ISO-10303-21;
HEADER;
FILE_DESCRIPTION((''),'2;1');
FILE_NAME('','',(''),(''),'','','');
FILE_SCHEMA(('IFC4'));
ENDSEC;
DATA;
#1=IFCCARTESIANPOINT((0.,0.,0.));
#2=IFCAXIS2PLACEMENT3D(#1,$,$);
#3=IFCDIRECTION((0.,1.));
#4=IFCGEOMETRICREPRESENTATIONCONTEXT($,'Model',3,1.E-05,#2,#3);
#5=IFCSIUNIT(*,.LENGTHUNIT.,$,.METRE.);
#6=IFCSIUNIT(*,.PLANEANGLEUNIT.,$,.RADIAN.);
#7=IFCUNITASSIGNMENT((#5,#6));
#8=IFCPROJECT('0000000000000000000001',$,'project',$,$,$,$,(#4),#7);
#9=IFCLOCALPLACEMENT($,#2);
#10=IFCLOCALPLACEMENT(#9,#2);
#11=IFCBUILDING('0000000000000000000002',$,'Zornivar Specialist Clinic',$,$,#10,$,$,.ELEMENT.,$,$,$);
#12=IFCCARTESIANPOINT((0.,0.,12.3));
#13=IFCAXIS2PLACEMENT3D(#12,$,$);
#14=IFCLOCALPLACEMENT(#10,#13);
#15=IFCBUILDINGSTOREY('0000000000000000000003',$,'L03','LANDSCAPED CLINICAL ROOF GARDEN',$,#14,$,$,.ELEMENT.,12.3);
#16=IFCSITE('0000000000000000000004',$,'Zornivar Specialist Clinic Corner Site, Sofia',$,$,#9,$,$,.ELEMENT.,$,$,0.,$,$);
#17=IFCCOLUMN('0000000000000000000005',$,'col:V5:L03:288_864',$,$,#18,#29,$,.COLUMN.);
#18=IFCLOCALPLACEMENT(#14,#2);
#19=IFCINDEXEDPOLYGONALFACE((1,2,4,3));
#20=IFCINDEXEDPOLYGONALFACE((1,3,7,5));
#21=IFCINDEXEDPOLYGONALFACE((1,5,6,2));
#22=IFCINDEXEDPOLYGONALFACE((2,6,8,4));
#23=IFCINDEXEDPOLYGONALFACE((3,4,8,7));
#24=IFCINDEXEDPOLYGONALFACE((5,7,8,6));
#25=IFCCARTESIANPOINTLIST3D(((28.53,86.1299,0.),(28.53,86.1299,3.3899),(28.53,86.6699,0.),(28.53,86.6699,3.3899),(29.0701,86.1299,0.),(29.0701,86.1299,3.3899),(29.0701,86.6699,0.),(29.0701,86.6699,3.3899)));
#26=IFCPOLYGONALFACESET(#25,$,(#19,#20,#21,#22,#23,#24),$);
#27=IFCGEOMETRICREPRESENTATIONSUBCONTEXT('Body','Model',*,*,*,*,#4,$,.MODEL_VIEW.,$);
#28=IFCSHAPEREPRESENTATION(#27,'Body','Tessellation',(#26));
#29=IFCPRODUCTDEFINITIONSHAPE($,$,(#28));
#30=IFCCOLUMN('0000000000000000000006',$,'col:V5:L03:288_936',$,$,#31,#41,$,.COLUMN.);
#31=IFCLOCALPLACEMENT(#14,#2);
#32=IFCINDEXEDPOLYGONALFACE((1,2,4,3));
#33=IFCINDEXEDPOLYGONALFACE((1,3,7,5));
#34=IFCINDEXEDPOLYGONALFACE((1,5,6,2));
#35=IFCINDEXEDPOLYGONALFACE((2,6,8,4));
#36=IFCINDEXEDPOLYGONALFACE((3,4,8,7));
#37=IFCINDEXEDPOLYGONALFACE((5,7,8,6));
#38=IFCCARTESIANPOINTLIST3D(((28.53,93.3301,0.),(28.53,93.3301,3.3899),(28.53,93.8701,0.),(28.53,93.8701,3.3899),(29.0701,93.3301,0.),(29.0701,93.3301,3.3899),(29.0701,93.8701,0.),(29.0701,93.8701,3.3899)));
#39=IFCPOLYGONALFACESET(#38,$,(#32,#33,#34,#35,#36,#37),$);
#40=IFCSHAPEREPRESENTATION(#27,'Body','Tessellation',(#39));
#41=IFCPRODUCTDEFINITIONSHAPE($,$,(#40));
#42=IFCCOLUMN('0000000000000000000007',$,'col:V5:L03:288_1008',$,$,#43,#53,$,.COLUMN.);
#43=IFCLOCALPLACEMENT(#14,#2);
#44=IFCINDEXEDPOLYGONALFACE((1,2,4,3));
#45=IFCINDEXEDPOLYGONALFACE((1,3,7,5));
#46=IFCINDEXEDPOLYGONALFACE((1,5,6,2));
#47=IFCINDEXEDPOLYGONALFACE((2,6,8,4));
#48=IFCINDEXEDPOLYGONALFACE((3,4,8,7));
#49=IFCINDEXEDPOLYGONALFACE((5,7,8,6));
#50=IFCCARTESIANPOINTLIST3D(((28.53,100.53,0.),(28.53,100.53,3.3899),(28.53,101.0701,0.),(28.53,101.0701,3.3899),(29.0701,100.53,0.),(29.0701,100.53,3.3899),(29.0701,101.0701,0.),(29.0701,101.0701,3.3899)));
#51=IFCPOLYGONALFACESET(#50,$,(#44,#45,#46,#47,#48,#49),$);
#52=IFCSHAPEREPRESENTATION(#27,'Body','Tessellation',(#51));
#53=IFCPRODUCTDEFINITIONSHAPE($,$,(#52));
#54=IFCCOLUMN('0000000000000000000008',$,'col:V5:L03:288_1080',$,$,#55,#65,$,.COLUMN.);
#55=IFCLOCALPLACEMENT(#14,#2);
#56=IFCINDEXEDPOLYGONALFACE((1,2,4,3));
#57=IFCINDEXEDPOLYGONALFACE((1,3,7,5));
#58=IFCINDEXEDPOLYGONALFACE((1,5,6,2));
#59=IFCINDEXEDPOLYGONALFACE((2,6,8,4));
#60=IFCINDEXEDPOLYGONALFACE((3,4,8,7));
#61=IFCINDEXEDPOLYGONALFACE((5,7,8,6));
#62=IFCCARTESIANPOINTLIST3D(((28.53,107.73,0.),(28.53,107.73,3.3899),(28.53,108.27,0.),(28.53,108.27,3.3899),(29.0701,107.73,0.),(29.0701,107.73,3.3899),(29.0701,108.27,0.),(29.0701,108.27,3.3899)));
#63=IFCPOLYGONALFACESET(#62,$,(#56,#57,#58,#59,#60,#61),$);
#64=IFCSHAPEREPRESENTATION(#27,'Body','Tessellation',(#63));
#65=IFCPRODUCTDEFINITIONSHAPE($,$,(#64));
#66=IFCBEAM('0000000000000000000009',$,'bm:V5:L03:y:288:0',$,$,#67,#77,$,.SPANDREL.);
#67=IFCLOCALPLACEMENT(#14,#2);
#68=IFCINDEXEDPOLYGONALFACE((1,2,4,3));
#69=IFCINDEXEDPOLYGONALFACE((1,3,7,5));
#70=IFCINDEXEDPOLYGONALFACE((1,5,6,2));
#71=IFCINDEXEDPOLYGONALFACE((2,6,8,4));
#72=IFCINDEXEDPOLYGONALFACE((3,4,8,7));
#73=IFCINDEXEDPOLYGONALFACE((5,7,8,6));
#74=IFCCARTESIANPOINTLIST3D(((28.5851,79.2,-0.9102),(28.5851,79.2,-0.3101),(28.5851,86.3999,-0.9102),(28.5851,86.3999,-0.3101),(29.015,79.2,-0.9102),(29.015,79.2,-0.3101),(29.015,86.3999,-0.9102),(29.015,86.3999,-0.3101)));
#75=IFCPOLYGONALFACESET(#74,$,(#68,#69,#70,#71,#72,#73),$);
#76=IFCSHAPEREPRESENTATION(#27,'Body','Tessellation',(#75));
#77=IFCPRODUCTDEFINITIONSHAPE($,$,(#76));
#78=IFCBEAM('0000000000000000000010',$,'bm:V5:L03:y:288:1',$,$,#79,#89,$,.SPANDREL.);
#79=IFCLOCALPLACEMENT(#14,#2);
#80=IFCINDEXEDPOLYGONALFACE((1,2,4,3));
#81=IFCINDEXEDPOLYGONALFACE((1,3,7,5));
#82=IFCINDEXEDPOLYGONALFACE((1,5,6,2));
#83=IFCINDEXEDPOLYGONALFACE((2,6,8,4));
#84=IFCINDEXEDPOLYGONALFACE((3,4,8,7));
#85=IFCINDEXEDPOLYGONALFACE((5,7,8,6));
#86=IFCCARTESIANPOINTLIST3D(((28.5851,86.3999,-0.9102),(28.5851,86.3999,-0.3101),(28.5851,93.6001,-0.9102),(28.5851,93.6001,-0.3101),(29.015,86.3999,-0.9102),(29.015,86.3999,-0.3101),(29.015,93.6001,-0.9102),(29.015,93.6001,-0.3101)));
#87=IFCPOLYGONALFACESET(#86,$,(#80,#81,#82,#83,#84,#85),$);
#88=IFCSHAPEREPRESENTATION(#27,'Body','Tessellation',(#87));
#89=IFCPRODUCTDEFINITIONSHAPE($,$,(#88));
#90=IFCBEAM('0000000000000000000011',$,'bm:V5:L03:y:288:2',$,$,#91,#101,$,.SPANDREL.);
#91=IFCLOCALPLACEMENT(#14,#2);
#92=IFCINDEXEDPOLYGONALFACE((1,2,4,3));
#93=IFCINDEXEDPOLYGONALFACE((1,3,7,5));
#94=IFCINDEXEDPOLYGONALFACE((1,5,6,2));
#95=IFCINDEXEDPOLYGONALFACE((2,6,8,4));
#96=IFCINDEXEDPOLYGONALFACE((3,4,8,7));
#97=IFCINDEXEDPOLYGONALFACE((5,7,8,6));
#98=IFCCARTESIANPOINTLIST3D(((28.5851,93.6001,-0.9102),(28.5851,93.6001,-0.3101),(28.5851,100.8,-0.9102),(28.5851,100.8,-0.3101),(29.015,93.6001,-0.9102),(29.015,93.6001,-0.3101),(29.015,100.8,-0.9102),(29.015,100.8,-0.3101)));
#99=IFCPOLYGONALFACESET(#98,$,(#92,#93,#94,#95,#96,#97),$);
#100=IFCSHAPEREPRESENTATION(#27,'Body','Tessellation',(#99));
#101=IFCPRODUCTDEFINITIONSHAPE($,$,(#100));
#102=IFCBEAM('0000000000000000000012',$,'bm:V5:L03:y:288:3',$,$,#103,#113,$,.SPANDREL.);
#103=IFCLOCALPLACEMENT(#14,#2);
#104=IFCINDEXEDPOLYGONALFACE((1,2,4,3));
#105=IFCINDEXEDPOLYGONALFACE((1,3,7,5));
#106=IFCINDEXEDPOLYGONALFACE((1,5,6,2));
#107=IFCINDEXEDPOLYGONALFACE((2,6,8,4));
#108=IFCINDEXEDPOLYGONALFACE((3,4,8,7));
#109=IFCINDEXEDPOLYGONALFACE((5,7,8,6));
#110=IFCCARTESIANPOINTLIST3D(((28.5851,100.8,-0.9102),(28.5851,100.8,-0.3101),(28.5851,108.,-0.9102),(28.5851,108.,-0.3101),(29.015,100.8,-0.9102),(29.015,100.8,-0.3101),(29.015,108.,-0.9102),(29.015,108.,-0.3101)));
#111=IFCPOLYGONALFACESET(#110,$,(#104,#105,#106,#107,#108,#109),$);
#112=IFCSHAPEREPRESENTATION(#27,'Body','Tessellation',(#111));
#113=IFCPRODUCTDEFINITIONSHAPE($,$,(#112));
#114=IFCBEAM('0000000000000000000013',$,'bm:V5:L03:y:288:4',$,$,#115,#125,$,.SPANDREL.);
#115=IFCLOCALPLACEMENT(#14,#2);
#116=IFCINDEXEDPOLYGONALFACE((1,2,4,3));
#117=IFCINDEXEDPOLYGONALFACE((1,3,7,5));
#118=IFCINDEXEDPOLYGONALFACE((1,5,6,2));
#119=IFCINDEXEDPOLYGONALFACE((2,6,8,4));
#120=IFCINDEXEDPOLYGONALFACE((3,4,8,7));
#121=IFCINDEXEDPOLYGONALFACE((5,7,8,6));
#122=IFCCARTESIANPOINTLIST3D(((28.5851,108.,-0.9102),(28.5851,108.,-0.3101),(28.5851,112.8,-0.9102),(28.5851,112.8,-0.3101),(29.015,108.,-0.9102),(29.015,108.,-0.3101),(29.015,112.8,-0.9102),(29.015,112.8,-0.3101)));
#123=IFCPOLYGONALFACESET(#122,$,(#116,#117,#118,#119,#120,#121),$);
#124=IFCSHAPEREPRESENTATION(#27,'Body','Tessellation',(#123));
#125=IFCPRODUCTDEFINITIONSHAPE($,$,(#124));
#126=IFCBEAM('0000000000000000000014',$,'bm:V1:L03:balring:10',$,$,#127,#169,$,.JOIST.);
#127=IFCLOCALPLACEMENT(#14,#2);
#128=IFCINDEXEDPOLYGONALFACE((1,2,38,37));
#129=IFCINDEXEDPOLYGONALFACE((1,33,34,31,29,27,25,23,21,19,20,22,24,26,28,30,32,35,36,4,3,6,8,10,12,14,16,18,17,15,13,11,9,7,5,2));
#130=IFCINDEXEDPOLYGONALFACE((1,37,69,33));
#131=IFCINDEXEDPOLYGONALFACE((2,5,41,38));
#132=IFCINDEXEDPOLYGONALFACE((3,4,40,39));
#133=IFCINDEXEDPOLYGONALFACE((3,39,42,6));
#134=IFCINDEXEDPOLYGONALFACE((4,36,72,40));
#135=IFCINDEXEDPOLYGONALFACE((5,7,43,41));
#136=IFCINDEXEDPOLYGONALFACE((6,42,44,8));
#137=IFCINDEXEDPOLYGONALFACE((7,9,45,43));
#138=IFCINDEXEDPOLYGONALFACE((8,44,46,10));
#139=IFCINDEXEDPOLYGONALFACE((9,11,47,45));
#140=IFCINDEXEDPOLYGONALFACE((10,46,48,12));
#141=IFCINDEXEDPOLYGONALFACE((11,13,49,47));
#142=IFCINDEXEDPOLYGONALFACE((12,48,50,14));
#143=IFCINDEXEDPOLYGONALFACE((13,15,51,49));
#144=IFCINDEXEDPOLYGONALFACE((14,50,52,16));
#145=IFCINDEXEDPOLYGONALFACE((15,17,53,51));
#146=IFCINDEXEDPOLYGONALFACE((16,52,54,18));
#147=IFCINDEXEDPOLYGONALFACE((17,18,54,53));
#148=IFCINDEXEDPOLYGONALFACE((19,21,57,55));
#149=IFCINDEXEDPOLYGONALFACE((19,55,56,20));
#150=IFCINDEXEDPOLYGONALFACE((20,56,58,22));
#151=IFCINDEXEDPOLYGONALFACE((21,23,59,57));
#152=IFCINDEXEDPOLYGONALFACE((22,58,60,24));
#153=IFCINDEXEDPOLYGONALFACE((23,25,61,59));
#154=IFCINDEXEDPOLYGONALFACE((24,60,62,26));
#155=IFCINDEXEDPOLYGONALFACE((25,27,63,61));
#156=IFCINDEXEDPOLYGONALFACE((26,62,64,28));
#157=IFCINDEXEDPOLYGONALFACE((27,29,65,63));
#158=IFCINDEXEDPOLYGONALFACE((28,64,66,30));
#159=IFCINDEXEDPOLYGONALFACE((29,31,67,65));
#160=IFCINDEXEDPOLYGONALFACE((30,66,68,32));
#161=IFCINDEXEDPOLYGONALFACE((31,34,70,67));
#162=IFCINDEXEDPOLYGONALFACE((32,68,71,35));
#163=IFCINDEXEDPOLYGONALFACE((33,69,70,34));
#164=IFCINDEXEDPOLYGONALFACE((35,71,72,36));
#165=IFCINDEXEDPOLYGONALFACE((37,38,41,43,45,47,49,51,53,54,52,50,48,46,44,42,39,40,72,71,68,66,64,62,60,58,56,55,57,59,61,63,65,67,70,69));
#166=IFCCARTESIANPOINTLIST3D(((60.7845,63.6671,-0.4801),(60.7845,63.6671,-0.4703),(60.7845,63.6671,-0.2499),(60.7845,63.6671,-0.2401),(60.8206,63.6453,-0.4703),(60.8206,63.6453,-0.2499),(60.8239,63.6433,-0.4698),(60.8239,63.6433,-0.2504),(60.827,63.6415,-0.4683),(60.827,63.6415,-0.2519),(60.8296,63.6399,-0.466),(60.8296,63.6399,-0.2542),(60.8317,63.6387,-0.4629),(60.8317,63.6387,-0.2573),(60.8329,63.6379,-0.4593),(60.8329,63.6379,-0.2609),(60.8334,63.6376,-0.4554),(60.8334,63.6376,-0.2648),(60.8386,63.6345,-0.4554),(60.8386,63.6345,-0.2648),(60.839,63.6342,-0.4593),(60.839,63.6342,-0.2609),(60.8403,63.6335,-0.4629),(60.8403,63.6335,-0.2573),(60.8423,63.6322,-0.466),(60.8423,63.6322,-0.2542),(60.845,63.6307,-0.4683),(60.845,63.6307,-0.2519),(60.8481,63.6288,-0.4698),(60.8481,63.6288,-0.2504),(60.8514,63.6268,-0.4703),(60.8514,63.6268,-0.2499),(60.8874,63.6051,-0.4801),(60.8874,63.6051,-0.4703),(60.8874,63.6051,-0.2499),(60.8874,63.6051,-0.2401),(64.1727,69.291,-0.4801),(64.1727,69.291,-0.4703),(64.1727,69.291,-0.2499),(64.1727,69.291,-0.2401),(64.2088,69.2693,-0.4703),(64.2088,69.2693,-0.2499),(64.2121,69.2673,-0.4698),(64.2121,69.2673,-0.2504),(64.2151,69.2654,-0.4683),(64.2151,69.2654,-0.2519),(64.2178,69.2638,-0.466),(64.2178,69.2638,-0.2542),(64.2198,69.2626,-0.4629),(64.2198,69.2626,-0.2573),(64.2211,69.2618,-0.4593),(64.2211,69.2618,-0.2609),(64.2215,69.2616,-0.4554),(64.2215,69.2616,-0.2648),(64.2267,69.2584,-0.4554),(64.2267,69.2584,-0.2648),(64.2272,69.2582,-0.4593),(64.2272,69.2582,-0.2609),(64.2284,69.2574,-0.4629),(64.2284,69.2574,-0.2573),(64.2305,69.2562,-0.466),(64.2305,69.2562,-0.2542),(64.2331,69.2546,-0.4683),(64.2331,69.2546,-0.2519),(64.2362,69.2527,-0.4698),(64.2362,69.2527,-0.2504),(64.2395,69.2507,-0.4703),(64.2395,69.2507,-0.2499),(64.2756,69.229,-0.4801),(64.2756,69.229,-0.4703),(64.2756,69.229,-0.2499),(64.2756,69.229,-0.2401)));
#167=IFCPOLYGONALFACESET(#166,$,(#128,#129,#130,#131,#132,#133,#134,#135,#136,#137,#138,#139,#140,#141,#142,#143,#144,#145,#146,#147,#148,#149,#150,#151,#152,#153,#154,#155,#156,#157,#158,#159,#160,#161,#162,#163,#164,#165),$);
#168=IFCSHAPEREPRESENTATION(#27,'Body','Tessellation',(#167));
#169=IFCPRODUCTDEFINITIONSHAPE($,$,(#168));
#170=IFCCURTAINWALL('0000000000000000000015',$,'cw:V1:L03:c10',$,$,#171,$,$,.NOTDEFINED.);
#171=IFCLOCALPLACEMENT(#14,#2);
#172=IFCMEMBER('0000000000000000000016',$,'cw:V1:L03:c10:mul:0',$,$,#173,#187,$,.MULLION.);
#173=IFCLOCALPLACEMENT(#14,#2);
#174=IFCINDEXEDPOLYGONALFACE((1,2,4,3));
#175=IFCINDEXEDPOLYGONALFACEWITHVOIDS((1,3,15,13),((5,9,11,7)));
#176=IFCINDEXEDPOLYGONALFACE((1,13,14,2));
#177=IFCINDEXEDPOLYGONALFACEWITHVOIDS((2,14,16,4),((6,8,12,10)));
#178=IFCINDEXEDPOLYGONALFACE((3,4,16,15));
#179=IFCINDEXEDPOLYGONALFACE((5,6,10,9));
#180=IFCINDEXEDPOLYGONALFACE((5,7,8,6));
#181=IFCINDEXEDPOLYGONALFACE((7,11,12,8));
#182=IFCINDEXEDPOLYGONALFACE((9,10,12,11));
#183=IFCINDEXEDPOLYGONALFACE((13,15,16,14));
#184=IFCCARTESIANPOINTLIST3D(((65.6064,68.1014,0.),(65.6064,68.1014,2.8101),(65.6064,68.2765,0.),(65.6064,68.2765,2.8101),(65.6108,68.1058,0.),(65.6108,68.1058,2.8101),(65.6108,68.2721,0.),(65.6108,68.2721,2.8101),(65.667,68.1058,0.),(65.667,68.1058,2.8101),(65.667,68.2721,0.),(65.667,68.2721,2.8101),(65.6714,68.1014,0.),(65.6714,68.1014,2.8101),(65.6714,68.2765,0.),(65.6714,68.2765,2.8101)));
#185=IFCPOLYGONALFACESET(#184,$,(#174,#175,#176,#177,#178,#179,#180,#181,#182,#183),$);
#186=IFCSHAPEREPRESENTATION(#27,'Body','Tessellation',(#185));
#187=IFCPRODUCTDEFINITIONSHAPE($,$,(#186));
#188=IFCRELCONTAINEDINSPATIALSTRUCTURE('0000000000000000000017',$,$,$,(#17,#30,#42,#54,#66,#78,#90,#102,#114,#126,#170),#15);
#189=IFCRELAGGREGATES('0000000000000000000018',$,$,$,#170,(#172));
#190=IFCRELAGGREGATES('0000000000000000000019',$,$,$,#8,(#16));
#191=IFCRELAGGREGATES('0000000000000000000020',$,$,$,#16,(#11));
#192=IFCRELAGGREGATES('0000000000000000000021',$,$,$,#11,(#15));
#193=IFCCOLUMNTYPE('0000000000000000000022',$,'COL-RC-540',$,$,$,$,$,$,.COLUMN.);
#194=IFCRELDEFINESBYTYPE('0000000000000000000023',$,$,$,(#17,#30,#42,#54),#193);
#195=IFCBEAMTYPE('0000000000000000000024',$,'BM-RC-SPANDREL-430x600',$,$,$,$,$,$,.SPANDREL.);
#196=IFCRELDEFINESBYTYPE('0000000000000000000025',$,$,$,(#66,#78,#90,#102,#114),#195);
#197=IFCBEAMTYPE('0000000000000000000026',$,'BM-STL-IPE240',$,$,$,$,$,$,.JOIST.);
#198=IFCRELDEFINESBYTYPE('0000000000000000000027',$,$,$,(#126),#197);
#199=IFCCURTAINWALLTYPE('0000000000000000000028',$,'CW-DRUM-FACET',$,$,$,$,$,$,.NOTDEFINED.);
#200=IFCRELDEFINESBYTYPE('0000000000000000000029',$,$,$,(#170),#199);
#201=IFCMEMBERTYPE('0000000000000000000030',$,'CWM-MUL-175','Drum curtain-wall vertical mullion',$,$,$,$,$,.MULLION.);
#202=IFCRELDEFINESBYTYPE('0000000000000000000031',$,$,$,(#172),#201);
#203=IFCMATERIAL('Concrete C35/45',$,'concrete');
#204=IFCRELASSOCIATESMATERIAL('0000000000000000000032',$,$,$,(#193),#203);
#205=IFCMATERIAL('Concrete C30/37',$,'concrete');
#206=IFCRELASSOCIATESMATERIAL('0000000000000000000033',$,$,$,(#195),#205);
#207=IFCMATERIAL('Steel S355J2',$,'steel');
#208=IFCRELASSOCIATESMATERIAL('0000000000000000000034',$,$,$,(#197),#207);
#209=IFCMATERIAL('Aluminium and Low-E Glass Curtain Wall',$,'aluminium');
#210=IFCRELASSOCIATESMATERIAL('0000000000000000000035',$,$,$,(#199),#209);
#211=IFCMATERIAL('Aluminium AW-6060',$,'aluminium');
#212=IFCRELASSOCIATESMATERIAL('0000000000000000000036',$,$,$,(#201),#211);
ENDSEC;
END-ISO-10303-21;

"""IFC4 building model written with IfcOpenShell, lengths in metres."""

from ifc_helpers import new_model, si_unit, direction, frame, origin, origin_2d, place, context, subcontext, project, spatial, rectangle, hollow_rectangle, i_section, extrude, material, material_profile, profile_set, type_object, element, aggregate, save


model = new_model("IFC4")

# Units and contexts
model_context = context("Model", 3, precision=1e-05, world=origin(), true_north=direction((0.0, 1.0)))
body_context = subcontext(model_context, "Body", "Model", "MODEL_VIEW")
ifc_project = project(units=[si_unit("LENGTHUNIT", "METRE"), si_unit("PLANEANGLEUNIT", "RADIAN")], contexts=[model_context])

# Site, building, storey
site_placement = place(None, origin())
site = spatial("IfcSite", under=ifc_project, at=site_placement, Name="Zornivar Specialist Clinic Corner Site, Sofia", CompositionType="ELEMENT", RefElevation=0.0)
building_placement = place(site_placement, origin())
building = spatial("IfcBuilding", under=site, at=building_placement, Name="Zornivar Specialist Clinic", CompositionType="ELEMENT")
storey_placement = place(building_placement, frame((0.0, 0.0, 12.3)))
storey = spatial("IfcBuildingStorey", under=building, at=storey_placement, Name="L03", Description="LANDSCAPED CLINICAL ROOF GARDEN", CompositionType="ELEMENT", Elevation=12.3)

# Columns
ifc_material_1 = material(Name="Concrete C35/45", Category="concrete")
ifc_material_profile_1 = material_profile(ifc_material_1, rectangle(XDim=0.54, YDim=0.54, at=origin_2d()), Name="RC 540x540")
ifc_profile_set_1 = profile_set([ifc_material_profile_1], Name="Concrete C35/45")
column_type = type_object("IfcColumnType", Name="COL-RC-540", PredefinedType="COLUMN", material=ifc_profile_set_1)
for number, where, z_axis, x_axis, name in (
    (1, (28.8, 86.3999, 0.0), (0.0, 0.0, 1.0), (1.0, 0.0, 0.0), "col:V5:L03:288_864"),
    (2, (28.8, 93.6001, 0.0), (0.0, 0.0, 1.0), (1.0, 0.0, 0.0), "col:V5:L03:288_936"),
    (3, (28.8, 100.8, 0.0), (0.0, 0.0, 1.0), (1.0, 0.0, 0.0), "col:V5:L03:288_1008"),
    (4, (28.8, 108.0, 0.0), (0.0, 0.0, 1.0), (1.0, 0.0, 0.0), "col:V5:L03:288_1080"),
):
    element("IfcColumn", number, at=place(storey_placement, frame(where, z_axis=z_axis, x_axis=x_axis)), inside=storey, type_object=column_type, Name=name, PredefinedType="COLUMN", context=body_context, shape_type="SweptSolid", body=[
        extrude(rectangle(XDim=0.54, YDim=0.54, at=origin_2d()), origin(), (0.0, 0.0, 1.0), 3.3899),
    ])

# Beams
ifc_material_2 = material(Name="Concrete C30/37", Category="concrete")
ifc_material_profile_2 = material_profile(ifc_material_2, rectangle(XDim=0.4299, YDim=0.6001, at=origin_2d()), Name="RC 430x600")
ifc_profile_set_2 = profile_set([ifc_material_profile_2], Name="Concrete C30/37")
beam_type_1 = type_object("IfcBeamType", Name="BM-RC-SPANDREL-430x600", PredefinedType="SPANDREL", material=ifc_profile_set_2)
beam_1_placement = place(storey_placement, frame((28.8, 79.2, -0.6101), z_axis=(0.0, 1.0, 0.0), x_axis=(-1.0, 0.0, 0.0)))
element("IfcBeam", 5, at=beam_1_placement, inside=storey, type_object=beam_type_1, Name="bm:V5:L03:y:288:0", PredefinedType="SPANDREL", context=body_context, shape_type="SweptSolid", body=[
    extrude(rectangle(XDim=0.4299, YDim=0.6001, at=origin_2d()), origin(), (0.0, 0.0, 1.0), 7.2),
])
beam_2_placement = place(storey_placement, frame((28.8, 86.3999, -0.6101), z_axis=(0.0, 1.0, 0.0), x_axis=(-1.0, 0.0, 0.0)))
element("IfcBeam", 6, at=beam_2_placement, inside=storey, type_object=beam_type_1, Name="bm:V5:L03:y:288:1", PredefinedType="SPANDREL", context=body_context, shape_type="SweptSolid", body=[
    extrude(rectangle(XDim=0.4299, YDim=0.6001, at=origin_2d()), origin(), (0.0, 0.0, 1.0), 7.2002),
])
for number, where, z_axis, x_axis, name in (
    (7, (28.8, 93.6001, -0.6101), (0.0, 1.0, 0.0), (-1.0, 0.0, 0.0), "bm:V5:L03:y:288:2"),
    (8, (28.8, 100.8, -0.6101), (0.0, 1.0, 0.0), (-1.0, 0.0, 0.0), "bm:V5:L03:y:288:3"),
):
    element("IfcBeam", number, at=place(storey_placement, frame(where, z_axis=z_axis, x_axis=x_axis)), inside=storey, type_object=beam_type_1, Name=name, PredefinedType="SPANDREL", context=body_context, shape_type="SweptSolid", body=[
        extrude(rectangle(XDim=0.4299, YDim=0.6001, at=origin_2d()), origin(), (0.0, 0.0, 1.0), 7.2),
    ])
beam_3_placement = place(storey_placement, frame((28.8, 108.0, -0.6101), z_axis=(0.0, 1.0, 0.0), x_axis=(-1.0, 0.0, 0.0)))
element("IfcBeam", 9, at=beam_3_placement, inside=storey, type_object=beam_type_1, Name="bm:V5:L03:y:288:4", PredefinedType="SPANDREL", context=body_context, shape_type="SweptSolid", body=[
    extrude(rectangle(XDim=0.4299, YDim=0.6001, at=origin_2d()), origin(), (0.0, 0.0, 1.0), 4.8),
])
ifc_material_3 = material(Name="Steel S355J2", Category="steel")
ifc_material_profile_3 = material_profile(ifc_material_3, i_section(OverallWidth=0.1201, OverallDepth=0.24, WebThickness=0.0061, FlangeThickness=0.0098, FilletRadius=0.0149, at=origin_2d()), Name="IPE 240")
ifc_profile_set_3 = profile_set([ifc_material_profile_3], Name="Steel S355J2")
beam_type_2 = type_object("IfcBeamType", Name="BM-STL-IPE240", PredefinedType="JOIST", material=ifc_profile_set_3)
beam_4_placement = place(storey_placement, frame((64.2241, 69.26, -0.3601), z_axis=(-0.516037, -0.856566, 0.0), x_axis=(0.856566, -0.516037, 0.0)))
element("IfcBeam", 10, at=beam_4_placement, inside=storey, type_object=beam_type_2, Name="bm:V1:L03:balring:10", PredefinedType="JOIST", context=body_context, shape_type="SweptSolid", body=[
    extrude(i_section(OverallWidth=0.1201, OverallDepth=0.24, WebThickness=0.0061, FlangeThickness=0.0098, FilletRadius=0.0149, at=origin_2d()), origin(), (0.0, 0.0, 1.0), 6.5657),
])

# Curtain wall, member
ifc_material_4 = material(Name="Aluminium and Low-E Glass Curtain Wall", Category="aluminium")
curtain_wall_type = type_object("IfcCurtainWallType", Name="CW-DRUM-FACET", PredefinedType="NOTDEFINED", material=ifc_material_4)
curtain_wall_placement = place(storey_placement, origin())
curtain_wall = element("IfcCurtainWall", 11, at=curtain_wall_placement, inside=storey, type_object=curtain_wall_type, Name="cw:V1:L03:c10", PredefinedType="NOTDEFINED")
ifc_material_5 = material(Name="Aluminium AW-6060", Category="aluminium")
ifc_material_profile_4 = material_profile(ifc_material_5, hollow_rectangle(XDim=0.0649, YDim=0.175, WallThickness=0.0044, at=origin_2d()), Name="ALU 65x175x4.5")
ifc_profile_set_4 = profile_set([ifc_material_profile_4], Name="Aluminium AW-6060")
member_type_1 = type_object("IfcMemberType", Name="CWM-MUL-175", Description="Drum curtain-wall vertical mullion", PredefinedType="MULLION", material=ifc_profile_set_4)
member_1_placement = place(storey_placement, frame((65.6389, 68.189, 0.0), z_axis=(0.0, 0.0, 1.0), x_axis=(1.0, 0.0, 0.0)))
member_1 = element("IfcMember", 12, at=member_1_placement, type_object=member_type_1, Name="cw:V1:L03:c10:mul:0", PredefinedType="MULLION", context=body_context, shape_type="SweptSolid", body=[
    extrude(hollow_rectangle(XDim=0.0649, YDim=0.175, WallThickness=0.0044, at=origin_2d()), origin(), (0.0, 0.0, 1.0), 2.8101),
])
aggregate(curtain_wall, [member_1])

save(model, "model.ifc")
